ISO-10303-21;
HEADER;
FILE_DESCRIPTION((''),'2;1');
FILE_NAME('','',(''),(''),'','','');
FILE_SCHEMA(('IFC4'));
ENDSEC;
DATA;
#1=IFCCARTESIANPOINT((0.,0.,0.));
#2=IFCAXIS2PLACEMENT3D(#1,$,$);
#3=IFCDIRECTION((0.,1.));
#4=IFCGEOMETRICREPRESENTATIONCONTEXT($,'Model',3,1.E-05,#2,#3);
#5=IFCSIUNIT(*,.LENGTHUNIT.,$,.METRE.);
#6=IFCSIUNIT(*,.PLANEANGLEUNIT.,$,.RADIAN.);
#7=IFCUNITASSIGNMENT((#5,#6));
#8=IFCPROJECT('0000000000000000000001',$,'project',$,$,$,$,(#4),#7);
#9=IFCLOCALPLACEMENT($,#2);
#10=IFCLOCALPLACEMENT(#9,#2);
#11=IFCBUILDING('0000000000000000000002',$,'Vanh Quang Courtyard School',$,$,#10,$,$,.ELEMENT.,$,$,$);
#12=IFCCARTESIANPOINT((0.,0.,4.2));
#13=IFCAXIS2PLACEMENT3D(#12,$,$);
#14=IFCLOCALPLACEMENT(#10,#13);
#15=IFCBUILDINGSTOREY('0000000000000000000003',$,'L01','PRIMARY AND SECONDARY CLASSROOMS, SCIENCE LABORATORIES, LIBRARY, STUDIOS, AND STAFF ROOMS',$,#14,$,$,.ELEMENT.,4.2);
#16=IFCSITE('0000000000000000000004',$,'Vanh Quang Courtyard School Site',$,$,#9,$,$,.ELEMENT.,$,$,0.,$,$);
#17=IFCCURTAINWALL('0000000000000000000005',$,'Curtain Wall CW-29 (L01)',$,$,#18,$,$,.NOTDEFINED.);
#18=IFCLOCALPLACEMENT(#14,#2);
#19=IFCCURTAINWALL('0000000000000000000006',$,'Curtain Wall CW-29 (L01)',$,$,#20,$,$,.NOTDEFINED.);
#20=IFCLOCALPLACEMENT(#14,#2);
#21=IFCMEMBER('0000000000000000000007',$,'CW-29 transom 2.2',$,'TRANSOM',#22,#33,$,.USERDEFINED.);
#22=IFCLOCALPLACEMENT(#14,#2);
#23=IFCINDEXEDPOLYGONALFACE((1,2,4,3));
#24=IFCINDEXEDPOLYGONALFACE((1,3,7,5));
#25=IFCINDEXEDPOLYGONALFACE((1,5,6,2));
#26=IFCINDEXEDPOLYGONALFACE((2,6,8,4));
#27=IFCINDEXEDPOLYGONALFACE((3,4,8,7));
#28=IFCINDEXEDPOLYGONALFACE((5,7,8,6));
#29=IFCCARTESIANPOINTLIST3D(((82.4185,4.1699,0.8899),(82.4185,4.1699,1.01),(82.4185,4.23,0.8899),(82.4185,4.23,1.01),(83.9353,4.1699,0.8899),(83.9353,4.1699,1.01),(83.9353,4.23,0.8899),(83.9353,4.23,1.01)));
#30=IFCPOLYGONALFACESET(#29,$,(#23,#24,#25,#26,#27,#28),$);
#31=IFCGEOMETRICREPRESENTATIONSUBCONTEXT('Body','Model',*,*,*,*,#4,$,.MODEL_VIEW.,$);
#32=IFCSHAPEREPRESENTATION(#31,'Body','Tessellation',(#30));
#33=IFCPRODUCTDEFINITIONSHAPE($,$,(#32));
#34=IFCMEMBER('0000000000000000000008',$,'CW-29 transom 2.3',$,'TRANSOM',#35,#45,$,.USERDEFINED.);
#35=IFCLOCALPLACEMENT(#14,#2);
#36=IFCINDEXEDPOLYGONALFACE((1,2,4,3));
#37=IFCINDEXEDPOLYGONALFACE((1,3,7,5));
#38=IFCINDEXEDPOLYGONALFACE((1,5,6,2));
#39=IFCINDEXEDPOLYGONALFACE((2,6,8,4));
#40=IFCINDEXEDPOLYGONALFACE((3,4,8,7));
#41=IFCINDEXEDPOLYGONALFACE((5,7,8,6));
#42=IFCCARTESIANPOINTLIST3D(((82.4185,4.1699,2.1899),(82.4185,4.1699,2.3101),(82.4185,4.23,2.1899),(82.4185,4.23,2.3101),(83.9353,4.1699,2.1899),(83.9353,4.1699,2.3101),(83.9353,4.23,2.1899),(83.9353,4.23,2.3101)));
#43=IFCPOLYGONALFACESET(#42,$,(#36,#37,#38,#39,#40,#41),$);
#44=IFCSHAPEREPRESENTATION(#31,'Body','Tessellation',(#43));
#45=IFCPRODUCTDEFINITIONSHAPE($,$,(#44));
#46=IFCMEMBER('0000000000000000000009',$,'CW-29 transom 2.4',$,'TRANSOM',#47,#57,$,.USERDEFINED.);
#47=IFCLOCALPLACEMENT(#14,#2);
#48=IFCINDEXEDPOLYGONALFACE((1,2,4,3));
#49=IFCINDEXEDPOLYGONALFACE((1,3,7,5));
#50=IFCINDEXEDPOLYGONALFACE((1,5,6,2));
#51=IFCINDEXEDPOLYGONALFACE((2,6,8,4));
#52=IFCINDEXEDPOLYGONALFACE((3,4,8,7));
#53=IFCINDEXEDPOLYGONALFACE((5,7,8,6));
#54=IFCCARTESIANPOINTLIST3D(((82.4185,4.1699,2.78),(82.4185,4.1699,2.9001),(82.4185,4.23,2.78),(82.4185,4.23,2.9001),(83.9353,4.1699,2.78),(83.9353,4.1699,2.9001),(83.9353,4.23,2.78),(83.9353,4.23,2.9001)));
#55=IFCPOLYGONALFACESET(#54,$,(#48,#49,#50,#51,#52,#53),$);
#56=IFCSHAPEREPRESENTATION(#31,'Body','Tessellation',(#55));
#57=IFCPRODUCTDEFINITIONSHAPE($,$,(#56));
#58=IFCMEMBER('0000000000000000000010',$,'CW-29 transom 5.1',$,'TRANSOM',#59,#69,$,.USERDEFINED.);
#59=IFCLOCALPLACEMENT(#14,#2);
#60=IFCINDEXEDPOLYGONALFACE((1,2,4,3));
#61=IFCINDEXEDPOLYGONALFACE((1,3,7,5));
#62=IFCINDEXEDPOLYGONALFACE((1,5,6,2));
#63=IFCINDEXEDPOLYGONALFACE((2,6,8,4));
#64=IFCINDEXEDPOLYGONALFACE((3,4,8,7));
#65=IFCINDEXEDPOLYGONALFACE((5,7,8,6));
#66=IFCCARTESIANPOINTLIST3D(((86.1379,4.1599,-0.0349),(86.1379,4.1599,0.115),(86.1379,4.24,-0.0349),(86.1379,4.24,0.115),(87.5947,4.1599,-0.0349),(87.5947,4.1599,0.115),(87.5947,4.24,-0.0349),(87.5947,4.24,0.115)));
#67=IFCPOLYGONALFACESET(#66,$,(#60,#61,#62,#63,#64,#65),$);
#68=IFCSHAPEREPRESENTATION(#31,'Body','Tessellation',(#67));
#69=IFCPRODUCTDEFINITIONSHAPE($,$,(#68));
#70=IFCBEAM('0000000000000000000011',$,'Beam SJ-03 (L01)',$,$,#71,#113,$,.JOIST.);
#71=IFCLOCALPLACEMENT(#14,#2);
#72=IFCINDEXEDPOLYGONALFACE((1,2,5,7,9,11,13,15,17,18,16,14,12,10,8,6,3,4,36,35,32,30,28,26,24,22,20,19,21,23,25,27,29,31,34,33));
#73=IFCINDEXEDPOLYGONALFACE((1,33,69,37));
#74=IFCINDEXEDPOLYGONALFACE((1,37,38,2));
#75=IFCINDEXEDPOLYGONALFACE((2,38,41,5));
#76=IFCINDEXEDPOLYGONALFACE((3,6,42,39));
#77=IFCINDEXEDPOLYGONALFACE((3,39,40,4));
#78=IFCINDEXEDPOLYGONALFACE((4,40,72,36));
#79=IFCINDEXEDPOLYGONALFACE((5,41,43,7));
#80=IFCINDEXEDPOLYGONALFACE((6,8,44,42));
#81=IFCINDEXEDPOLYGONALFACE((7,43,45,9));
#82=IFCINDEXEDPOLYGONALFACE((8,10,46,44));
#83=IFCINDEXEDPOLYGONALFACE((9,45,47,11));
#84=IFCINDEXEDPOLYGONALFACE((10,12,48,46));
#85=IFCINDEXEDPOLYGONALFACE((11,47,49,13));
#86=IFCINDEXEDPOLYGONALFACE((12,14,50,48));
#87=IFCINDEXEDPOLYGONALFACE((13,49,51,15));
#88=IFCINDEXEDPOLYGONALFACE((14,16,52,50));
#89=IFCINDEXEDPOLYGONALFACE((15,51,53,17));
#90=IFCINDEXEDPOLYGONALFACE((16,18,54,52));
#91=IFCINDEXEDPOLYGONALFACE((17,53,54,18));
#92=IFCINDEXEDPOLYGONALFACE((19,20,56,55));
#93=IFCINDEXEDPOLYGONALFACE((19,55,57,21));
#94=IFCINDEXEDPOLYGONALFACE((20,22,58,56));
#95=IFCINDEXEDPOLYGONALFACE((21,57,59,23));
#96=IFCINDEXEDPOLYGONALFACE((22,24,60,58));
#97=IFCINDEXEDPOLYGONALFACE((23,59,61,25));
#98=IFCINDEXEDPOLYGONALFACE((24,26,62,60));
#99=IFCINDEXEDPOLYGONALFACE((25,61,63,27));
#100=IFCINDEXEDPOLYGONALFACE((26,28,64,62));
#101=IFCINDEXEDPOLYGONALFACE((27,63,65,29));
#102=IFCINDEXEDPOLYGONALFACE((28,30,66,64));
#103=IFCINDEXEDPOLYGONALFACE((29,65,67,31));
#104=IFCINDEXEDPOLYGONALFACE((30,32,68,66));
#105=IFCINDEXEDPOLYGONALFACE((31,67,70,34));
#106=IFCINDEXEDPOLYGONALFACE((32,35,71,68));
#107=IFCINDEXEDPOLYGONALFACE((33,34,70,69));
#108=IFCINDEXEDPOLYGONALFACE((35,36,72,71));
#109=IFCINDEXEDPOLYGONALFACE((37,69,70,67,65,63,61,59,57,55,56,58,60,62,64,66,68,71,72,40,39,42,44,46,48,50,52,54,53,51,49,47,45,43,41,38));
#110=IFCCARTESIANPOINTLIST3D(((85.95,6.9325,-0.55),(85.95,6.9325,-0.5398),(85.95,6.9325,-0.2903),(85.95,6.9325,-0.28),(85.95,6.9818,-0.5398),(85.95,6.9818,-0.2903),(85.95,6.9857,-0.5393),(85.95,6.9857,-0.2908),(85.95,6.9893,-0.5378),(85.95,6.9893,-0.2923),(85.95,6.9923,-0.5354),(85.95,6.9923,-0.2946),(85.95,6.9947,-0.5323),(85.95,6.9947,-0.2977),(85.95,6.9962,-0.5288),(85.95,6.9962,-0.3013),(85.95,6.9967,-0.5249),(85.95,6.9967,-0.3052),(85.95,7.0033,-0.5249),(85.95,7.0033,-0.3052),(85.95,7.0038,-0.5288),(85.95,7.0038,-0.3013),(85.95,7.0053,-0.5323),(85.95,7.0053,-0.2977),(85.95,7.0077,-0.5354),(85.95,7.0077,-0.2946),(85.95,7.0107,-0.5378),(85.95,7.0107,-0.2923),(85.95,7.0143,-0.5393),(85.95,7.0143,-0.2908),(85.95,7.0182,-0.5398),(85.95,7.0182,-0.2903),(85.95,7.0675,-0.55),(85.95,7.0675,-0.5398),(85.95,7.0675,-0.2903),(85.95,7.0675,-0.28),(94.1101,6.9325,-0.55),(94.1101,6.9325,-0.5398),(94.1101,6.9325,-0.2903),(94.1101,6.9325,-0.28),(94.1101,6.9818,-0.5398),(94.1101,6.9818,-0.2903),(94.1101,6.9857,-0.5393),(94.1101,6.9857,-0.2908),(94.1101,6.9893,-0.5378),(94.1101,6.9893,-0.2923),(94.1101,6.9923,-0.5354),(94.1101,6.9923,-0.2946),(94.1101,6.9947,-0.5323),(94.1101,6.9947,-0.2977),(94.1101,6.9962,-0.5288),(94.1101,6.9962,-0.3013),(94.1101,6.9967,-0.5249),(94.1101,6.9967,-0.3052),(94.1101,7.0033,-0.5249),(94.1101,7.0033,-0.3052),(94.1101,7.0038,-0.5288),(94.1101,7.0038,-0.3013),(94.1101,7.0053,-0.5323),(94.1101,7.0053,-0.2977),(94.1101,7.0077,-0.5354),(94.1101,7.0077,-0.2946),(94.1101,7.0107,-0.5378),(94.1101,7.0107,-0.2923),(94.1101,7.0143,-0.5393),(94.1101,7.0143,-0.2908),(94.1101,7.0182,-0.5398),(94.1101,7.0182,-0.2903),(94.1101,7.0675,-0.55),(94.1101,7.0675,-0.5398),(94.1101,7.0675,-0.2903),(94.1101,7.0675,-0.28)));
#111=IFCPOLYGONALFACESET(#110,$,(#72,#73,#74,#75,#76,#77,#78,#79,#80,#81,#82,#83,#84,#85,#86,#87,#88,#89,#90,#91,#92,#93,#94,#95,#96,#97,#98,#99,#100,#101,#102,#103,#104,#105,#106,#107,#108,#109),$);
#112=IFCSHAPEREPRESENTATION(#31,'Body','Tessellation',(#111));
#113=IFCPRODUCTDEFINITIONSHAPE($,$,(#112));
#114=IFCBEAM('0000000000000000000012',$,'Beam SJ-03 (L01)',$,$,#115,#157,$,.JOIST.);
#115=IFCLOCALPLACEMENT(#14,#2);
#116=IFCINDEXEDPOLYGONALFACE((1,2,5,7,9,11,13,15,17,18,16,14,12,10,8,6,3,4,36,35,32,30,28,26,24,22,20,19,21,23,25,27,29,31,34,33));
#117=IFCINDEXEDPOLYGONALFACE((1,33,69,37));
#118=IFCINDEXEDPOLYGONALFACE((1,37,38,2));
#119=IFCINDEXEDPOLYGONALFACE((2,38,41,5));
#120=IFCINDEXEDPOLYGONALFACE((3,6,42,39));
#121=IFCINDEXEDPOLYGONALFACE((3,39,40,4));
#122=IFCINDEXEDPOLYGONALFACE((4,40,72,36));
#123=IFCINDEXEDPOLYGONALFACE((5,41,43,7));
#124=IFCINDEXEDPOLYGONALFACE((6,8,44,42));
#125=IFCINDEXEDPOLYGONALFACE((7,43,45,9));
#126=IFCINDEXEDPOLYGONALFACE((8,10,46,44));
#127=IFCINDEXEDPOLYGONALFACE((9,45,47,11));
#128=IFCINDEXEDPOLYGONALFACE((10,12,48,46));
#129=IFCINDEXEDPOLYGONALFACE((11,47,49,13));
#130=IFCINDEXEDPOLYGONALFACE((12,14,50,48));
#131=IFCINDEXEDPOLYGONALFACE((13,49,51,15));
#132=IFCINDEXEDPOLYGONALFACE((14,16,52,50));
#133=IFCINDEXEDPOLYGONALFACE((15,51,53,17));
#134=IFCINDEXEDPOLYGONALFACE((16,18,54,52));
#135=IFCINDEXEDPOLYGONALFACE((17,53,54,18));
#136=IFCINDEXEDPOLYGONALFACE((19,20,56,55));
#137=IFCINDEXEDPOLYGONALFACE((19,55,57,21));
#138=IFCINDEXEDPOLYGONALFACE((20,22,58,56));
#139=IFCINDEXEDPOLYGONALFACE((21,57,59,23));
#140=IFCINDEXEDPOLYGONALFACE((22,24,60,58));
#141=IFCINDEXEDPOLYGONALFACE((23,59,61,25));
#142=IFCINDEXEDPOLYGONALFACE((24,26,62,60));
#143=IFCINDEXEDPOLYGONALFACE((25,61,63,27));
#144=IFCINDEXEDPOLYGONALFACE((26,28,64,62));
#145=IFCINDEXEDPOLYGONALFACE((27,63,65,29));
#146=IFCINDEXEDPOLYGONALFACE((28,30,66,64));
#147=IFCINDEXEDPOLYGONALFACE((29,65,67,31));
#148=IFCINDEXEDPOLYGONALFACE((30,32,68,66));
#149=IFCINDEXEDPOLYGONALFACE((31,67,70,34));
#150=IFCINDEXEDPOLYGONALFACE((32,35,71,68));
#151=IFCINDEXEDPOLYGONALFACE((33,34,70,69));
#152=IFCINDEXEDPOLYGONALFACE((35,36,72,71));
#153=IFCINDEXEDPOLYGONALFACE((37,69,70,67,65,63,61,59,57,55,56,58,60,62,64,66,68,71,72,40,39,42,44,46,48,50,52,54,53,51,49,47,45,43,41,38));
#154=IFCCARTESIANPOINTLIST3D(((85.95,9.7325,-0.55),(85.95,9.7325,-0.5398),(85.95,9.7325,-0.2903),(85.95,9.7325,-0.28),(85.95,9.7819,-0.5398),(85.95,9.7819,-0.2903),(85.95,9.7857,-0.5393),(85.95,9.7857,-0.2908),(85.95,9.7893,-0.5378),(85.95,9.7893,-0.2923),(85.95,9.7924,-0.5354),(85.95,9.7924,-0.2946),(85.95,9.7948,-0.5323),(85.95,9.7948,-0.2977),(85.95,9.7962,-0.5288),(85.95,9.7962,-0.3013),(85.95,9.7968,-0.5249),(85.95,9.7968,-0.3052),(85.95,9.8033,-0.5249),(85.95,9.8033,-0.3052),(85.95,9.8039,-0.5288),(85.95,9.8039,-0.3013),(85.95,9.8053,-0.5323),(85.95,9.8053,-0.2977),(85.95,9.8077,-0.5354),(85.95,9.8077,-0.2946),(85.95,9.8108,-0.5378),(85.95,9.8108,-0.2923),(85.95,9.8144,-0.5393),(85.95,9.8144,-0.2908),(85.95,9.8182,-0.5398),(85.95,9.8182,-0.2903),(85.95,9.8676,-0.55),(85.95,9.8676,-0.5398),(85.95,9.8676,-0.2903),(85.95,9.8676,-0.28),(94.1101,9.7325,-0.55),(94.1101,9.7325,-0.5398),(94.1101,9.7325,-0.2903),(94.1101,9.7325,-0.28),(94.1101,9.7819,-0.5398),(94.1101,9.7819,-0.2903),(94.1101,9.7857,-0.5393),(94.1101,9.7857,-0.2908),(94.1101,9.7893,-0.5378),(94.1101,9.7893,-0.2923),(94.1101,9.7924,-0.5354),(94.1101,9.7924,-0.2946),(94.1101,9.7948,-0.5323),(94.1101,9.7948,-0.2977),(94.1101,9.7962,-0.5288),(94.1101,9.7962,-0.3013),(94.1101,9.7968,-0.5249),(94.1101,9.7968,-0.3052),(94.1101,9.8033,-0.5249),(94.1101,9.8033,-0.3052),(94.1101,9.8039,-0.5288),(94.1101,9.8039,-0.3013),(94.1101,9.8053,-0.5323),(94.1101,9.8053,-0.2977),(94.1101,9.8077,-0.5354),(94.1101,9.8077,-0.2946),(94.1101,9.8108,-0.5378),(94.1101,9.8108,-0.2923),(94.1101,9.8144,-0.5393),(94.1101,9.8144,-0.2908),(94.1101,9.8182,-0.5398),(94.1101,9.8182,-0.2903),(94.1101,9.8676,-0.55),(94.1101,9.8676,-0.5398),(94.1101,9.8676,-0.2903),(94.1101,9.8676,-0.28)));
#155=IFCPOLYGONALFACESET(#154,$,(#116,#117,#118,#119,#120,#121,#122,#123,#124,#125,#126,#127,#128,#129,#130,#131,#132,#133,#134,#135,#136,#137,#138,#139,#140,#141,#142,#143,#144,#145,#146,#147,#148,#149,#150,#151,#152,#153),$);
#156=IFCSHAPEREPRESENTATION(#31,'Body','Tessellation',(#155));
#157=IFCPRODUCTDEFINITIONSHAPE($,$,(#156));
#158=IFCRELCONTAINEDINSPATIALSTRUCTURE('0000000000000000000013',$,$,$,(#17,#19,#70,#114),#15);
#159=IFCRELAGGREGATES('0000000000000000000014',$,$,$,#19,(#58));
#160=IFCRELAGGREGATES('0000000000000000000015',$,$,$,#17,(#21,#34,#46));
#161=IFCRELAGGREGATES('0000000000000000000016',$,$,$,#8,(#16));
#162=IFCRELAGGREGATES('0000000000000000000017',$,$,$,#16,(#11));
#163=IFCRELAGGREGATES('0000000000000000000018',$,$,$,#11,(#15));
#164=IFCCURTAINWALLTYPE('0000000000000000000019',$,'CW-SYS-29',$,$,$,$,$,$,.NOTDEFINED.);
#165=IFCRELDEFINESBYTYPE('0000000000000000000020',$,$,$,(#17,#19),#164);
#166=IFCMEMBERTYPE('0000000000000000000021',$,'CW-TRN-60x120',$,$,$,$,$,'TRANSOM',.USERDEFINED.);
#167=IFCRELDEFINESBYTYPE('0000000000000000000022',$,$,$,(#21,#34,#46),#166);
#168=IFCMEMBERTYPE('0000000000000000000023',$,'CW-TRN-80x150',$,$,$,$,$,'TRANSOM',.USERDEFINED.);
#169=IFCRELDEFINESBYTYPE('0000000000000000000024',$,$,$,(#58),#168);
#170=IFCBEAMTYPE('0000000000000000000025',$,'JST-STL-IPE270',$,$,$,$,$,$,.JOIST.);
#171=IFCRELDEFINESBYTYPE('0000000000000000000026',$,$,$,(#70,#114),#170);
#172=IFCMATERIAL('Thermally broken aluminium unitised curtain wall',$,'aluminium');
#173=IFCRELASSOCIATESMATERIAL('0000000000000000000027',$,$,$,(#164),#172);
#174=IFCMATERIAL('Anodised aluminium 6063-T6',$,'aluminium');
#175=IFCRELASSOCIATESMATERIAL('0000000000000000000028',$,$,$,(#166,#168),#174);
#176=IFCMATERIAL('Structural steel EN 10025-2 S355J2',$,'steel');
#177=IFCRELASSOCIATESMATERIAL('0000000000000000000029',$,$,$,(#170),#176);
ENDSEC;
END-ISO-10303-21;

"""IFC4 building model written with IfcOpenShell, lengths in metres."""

from ifc_helpers import new_model, si_unit, direction, frame, origin, origin_2d, place, context, subcontext, project, spatial, rectangle, i_section, extrude, material, material_profile, profile_set, type_object, element, aggregate, save


model = new_model("IFC4")

# Units and contexts
model_context = context("Model", 3, precision=1e-05, world=origin(), true_north=direction((0.0, 1.0)))
body_context = subcontext(model_context, "Body", "Model", "MODEL_VIEW")
ifc_project = project(units=[si_unit("LENGTHUNIT", "METRE"), si_unit("PLANEANGLEUNIT", "RADIAN")], contexts=[model_context])

# Site, building, storey
site_placement = place(None, origin())
site = spatial("IfcSite", under=ifc_project, at=site_placement, Name="Vanh Quang Courtyard School Site", CompositionType="ELEMENT", RefElevation=0.0)
building_placement = place(site_placement, origin())
building = spatial("IfcBuilding", under=site, at=building_placement, Name="Vanh Quang Courtyard School", CompositionType="ELEMENT")
storey_placement = place(building_placement, frame((0.0, 0.0, 4.2)))
storey = spatial("IfcBuildingStorey", under=building, at=storey_placement, Name="L01", Description="PRIMARY AND SECONDARY CLASSROOMS, SCIENCE LABORATORIES, LIBRARY, STUDIOS, AND STAFF ROOMS", CompositionType="ELEMENT", Elevation=4.2)

# Curtain wall
ifc_material_1 = material(Name="Thermally broken aluminium unitised curtain wall", Category="aluminium")
curtain_wall_type = type_object("IfcCurtainWallType", Name="CW-SYS-29", PredefinedType="NOTDEFINED", material=ifc_material_1)
curtain_wall_1_placement = place(storey_placement, origin())
curtain_wall_1 = element("IfcCurtainWall", 1, at=curtain_wall_1_placement, inside=storey, type_object=curtain_wall_type, Name="Curtain Wall CW-29 (L01)", PredefinedType="NOTDEFINED")
ifc_material_2 = material(Name="Anodised aluminium 6063-T6", Category="aluminium")

# Curtain wall
curtain_wall_2_placement = place(storey_placement, origin())
curtain_wall_2 = element("IfcCurtainWall", 2, at=curtain_wall_2_placement, inside=storey, type_object=curtain_wall_type, Name="Curtain Wall CW-29 (L01)", PredefinedType="NOTDEFINED")

# Members
ifc_material_profile_1 = material_profile(ifc_material_2, rectangle(XDim=0.0601, YDim=0.1201, at=origin_2d()), Name="ALU-TRN 60x120")
ifc_profile_set_1 = profile_set([ifc_material_profile_1], Name="Anodised aluminium 6063-T6")
member_type_1 = type_object("IfcMemberType", Name="CW-TRN-60x120", ElementType="TRANSOM", PredefinedType="USERDEFINED", material=ifc_profile_set_1)
member_1_placement = place(storey_placement, frame((83.9353, 4.2, 0.95), z_axis=(-1.0, 0.0, 0.0), x_axis=(0.0, -1.0, 0.0)))
member_1 = element("IfcMember", 3, at=member_1_placement, type_object=member_type_1, Name="CW-29 transom 2.2", ObjectType="TRANSOM", PredefinedType="USERDEFINED", context=body_context, shape_type="SweptSolid", body=[
    extrude(rectangle(XDim=0.0601, YDim=0.1201, at=origin_2d()), origin(), (0.0, 0.0, 1.0), 1.5168),
])
member_2_placement = place(storey_placement, frame((83.9353, 4.2, 2.25), z_axis=(-1.0, 0.0, 0.0), x_axis=(0.0, -1.0, 0.0)))
member_2 = element("IfcMember", 4, at=member_2_placement, type_object=member_type_1, Name="CW-29 transom 2.3", ObjectType="TRANSOM", PredefinedType="USERDEFINED", context=body_context, shape_type="SweptSolid", body=[
    extrude(rectangle(XDim=0.0601, YDim=0.1201, at=origin_2d()), origin(), (0.0, 0.0, 1.0), 1.5168),
])
member_3_placement = place(storey_placement, frame((83.9353, 4.2, 2.8401), z_axis=(-1.0, 0.0, 0.0), x_axis=(0.0, -1.0, 0.0)))
member_3 = element("IfcMember", 5, at=member_3_placement, type_object=member_type_1, Name="CW-29 transom 2.4", ObjectType="TRANSOM", PredefinedType="USERDEFINED", context=body_context, shape_type="SweptSolid", body=[
    extrude(rectangle(XDim=0.0601, YDim=0.1201, at=origin_2d()), origin(), (0.0, 0.0, 1.0), 1.5168),
])
ifc_material_profile_2 = material_profile(ifc_material_2, rectangle(XDim=0.0801, YDim=0.1499, at=origin_2d()), Name="ALU-TRN 80x150")
ifc_profile_set_2 = profile_set([ifc_material_profile_2], Name="Anodised aluminium 6063-T6")
member_type_2 = type_object("IfcMemberType", Name="CW-TRN-80x150", ElementType="TRANSOM", PredefinedType="USERDEFINED", material=ifc_profile_set_2)
member_4_placement = place(storey_placement, frame((87.5947, 4.2, 0.04), z_axis=(-1.0, 0.0, 0.0), x_axis=(0.0, -1.0, 0.0)))
member_4 = element("IfcMember", 6, at=member_4_placement, type_object=member_type_2, Name="CW-29 transom 5.1", ObjectType="TRANSOM", PredefinedType="USERDEFINED", context=body_context, shape_type="SweptSolid", body=[
    extrude(rectangle(XDim=0.0801, YDim=0.1499, at=origin_2d()), origin(), (0.0, 0.0, 1.0), 1.4568),
])

# Beams
ifc_material_3 = material(Name="Structural steel EN 10025-2 S355J2", Category="steel")
ifc_material_profile_3 = material_profile(ifc_material_3, i_section(OverallWidth=0.135, OverallDepth=0.27, WebThickness=0.0066, FlangeThickness=0.0103, FilletRadius=0.0149, at=origin_2d()), Name="IPE 270")
ifc_profile_set_3 = profile_set([ifc_material_profile_3], Name="Structural steel EN 10025-2 S355J2")
beam_type_1 = type_object("IfcBeamType", Name="JST-STL-IPE270", PredefinedType="JOIST", material=ifc_profile_set_3)
for number, where, z_axis, x_axis, name in (
    (7, (85.95, 7.0, -0.415), (1.0, 0.0, 0.0), (0.0, 1.0, 0.0), "Beam SJ-03 (L01)"),
    (8, (85.95, 9.8, -0.415), (1.0, 0.0, 0.0), (0.0, 1.0, 0.0), "Beam SJ-03 (L01)"),
):
    element("IfcBeam", number, at=place(storey_placement, frame(where, z_axis=z_axis, x_axis=x_axis)), inside=storey, type_object=beam_type_1, Name=name, PredefinedType="JOIST", context=body_context, shape_type="SweptSolid", body=[
        extrude(i_section(OverallWidth=0.135, OverallDepth=0.27, WebThickness=0.0066, FlangeThickness=0.0103, FilletRadius=0.0149, at=origin_2d()), origin(), (0.0, 0.0, 1.0), 8.1602),
    ])

aggregate(curtain_wall_2, [member_4])
aggregate(curtain_wall_1, [member_1, member_2, member_3])

save(model, "model.ifc")
